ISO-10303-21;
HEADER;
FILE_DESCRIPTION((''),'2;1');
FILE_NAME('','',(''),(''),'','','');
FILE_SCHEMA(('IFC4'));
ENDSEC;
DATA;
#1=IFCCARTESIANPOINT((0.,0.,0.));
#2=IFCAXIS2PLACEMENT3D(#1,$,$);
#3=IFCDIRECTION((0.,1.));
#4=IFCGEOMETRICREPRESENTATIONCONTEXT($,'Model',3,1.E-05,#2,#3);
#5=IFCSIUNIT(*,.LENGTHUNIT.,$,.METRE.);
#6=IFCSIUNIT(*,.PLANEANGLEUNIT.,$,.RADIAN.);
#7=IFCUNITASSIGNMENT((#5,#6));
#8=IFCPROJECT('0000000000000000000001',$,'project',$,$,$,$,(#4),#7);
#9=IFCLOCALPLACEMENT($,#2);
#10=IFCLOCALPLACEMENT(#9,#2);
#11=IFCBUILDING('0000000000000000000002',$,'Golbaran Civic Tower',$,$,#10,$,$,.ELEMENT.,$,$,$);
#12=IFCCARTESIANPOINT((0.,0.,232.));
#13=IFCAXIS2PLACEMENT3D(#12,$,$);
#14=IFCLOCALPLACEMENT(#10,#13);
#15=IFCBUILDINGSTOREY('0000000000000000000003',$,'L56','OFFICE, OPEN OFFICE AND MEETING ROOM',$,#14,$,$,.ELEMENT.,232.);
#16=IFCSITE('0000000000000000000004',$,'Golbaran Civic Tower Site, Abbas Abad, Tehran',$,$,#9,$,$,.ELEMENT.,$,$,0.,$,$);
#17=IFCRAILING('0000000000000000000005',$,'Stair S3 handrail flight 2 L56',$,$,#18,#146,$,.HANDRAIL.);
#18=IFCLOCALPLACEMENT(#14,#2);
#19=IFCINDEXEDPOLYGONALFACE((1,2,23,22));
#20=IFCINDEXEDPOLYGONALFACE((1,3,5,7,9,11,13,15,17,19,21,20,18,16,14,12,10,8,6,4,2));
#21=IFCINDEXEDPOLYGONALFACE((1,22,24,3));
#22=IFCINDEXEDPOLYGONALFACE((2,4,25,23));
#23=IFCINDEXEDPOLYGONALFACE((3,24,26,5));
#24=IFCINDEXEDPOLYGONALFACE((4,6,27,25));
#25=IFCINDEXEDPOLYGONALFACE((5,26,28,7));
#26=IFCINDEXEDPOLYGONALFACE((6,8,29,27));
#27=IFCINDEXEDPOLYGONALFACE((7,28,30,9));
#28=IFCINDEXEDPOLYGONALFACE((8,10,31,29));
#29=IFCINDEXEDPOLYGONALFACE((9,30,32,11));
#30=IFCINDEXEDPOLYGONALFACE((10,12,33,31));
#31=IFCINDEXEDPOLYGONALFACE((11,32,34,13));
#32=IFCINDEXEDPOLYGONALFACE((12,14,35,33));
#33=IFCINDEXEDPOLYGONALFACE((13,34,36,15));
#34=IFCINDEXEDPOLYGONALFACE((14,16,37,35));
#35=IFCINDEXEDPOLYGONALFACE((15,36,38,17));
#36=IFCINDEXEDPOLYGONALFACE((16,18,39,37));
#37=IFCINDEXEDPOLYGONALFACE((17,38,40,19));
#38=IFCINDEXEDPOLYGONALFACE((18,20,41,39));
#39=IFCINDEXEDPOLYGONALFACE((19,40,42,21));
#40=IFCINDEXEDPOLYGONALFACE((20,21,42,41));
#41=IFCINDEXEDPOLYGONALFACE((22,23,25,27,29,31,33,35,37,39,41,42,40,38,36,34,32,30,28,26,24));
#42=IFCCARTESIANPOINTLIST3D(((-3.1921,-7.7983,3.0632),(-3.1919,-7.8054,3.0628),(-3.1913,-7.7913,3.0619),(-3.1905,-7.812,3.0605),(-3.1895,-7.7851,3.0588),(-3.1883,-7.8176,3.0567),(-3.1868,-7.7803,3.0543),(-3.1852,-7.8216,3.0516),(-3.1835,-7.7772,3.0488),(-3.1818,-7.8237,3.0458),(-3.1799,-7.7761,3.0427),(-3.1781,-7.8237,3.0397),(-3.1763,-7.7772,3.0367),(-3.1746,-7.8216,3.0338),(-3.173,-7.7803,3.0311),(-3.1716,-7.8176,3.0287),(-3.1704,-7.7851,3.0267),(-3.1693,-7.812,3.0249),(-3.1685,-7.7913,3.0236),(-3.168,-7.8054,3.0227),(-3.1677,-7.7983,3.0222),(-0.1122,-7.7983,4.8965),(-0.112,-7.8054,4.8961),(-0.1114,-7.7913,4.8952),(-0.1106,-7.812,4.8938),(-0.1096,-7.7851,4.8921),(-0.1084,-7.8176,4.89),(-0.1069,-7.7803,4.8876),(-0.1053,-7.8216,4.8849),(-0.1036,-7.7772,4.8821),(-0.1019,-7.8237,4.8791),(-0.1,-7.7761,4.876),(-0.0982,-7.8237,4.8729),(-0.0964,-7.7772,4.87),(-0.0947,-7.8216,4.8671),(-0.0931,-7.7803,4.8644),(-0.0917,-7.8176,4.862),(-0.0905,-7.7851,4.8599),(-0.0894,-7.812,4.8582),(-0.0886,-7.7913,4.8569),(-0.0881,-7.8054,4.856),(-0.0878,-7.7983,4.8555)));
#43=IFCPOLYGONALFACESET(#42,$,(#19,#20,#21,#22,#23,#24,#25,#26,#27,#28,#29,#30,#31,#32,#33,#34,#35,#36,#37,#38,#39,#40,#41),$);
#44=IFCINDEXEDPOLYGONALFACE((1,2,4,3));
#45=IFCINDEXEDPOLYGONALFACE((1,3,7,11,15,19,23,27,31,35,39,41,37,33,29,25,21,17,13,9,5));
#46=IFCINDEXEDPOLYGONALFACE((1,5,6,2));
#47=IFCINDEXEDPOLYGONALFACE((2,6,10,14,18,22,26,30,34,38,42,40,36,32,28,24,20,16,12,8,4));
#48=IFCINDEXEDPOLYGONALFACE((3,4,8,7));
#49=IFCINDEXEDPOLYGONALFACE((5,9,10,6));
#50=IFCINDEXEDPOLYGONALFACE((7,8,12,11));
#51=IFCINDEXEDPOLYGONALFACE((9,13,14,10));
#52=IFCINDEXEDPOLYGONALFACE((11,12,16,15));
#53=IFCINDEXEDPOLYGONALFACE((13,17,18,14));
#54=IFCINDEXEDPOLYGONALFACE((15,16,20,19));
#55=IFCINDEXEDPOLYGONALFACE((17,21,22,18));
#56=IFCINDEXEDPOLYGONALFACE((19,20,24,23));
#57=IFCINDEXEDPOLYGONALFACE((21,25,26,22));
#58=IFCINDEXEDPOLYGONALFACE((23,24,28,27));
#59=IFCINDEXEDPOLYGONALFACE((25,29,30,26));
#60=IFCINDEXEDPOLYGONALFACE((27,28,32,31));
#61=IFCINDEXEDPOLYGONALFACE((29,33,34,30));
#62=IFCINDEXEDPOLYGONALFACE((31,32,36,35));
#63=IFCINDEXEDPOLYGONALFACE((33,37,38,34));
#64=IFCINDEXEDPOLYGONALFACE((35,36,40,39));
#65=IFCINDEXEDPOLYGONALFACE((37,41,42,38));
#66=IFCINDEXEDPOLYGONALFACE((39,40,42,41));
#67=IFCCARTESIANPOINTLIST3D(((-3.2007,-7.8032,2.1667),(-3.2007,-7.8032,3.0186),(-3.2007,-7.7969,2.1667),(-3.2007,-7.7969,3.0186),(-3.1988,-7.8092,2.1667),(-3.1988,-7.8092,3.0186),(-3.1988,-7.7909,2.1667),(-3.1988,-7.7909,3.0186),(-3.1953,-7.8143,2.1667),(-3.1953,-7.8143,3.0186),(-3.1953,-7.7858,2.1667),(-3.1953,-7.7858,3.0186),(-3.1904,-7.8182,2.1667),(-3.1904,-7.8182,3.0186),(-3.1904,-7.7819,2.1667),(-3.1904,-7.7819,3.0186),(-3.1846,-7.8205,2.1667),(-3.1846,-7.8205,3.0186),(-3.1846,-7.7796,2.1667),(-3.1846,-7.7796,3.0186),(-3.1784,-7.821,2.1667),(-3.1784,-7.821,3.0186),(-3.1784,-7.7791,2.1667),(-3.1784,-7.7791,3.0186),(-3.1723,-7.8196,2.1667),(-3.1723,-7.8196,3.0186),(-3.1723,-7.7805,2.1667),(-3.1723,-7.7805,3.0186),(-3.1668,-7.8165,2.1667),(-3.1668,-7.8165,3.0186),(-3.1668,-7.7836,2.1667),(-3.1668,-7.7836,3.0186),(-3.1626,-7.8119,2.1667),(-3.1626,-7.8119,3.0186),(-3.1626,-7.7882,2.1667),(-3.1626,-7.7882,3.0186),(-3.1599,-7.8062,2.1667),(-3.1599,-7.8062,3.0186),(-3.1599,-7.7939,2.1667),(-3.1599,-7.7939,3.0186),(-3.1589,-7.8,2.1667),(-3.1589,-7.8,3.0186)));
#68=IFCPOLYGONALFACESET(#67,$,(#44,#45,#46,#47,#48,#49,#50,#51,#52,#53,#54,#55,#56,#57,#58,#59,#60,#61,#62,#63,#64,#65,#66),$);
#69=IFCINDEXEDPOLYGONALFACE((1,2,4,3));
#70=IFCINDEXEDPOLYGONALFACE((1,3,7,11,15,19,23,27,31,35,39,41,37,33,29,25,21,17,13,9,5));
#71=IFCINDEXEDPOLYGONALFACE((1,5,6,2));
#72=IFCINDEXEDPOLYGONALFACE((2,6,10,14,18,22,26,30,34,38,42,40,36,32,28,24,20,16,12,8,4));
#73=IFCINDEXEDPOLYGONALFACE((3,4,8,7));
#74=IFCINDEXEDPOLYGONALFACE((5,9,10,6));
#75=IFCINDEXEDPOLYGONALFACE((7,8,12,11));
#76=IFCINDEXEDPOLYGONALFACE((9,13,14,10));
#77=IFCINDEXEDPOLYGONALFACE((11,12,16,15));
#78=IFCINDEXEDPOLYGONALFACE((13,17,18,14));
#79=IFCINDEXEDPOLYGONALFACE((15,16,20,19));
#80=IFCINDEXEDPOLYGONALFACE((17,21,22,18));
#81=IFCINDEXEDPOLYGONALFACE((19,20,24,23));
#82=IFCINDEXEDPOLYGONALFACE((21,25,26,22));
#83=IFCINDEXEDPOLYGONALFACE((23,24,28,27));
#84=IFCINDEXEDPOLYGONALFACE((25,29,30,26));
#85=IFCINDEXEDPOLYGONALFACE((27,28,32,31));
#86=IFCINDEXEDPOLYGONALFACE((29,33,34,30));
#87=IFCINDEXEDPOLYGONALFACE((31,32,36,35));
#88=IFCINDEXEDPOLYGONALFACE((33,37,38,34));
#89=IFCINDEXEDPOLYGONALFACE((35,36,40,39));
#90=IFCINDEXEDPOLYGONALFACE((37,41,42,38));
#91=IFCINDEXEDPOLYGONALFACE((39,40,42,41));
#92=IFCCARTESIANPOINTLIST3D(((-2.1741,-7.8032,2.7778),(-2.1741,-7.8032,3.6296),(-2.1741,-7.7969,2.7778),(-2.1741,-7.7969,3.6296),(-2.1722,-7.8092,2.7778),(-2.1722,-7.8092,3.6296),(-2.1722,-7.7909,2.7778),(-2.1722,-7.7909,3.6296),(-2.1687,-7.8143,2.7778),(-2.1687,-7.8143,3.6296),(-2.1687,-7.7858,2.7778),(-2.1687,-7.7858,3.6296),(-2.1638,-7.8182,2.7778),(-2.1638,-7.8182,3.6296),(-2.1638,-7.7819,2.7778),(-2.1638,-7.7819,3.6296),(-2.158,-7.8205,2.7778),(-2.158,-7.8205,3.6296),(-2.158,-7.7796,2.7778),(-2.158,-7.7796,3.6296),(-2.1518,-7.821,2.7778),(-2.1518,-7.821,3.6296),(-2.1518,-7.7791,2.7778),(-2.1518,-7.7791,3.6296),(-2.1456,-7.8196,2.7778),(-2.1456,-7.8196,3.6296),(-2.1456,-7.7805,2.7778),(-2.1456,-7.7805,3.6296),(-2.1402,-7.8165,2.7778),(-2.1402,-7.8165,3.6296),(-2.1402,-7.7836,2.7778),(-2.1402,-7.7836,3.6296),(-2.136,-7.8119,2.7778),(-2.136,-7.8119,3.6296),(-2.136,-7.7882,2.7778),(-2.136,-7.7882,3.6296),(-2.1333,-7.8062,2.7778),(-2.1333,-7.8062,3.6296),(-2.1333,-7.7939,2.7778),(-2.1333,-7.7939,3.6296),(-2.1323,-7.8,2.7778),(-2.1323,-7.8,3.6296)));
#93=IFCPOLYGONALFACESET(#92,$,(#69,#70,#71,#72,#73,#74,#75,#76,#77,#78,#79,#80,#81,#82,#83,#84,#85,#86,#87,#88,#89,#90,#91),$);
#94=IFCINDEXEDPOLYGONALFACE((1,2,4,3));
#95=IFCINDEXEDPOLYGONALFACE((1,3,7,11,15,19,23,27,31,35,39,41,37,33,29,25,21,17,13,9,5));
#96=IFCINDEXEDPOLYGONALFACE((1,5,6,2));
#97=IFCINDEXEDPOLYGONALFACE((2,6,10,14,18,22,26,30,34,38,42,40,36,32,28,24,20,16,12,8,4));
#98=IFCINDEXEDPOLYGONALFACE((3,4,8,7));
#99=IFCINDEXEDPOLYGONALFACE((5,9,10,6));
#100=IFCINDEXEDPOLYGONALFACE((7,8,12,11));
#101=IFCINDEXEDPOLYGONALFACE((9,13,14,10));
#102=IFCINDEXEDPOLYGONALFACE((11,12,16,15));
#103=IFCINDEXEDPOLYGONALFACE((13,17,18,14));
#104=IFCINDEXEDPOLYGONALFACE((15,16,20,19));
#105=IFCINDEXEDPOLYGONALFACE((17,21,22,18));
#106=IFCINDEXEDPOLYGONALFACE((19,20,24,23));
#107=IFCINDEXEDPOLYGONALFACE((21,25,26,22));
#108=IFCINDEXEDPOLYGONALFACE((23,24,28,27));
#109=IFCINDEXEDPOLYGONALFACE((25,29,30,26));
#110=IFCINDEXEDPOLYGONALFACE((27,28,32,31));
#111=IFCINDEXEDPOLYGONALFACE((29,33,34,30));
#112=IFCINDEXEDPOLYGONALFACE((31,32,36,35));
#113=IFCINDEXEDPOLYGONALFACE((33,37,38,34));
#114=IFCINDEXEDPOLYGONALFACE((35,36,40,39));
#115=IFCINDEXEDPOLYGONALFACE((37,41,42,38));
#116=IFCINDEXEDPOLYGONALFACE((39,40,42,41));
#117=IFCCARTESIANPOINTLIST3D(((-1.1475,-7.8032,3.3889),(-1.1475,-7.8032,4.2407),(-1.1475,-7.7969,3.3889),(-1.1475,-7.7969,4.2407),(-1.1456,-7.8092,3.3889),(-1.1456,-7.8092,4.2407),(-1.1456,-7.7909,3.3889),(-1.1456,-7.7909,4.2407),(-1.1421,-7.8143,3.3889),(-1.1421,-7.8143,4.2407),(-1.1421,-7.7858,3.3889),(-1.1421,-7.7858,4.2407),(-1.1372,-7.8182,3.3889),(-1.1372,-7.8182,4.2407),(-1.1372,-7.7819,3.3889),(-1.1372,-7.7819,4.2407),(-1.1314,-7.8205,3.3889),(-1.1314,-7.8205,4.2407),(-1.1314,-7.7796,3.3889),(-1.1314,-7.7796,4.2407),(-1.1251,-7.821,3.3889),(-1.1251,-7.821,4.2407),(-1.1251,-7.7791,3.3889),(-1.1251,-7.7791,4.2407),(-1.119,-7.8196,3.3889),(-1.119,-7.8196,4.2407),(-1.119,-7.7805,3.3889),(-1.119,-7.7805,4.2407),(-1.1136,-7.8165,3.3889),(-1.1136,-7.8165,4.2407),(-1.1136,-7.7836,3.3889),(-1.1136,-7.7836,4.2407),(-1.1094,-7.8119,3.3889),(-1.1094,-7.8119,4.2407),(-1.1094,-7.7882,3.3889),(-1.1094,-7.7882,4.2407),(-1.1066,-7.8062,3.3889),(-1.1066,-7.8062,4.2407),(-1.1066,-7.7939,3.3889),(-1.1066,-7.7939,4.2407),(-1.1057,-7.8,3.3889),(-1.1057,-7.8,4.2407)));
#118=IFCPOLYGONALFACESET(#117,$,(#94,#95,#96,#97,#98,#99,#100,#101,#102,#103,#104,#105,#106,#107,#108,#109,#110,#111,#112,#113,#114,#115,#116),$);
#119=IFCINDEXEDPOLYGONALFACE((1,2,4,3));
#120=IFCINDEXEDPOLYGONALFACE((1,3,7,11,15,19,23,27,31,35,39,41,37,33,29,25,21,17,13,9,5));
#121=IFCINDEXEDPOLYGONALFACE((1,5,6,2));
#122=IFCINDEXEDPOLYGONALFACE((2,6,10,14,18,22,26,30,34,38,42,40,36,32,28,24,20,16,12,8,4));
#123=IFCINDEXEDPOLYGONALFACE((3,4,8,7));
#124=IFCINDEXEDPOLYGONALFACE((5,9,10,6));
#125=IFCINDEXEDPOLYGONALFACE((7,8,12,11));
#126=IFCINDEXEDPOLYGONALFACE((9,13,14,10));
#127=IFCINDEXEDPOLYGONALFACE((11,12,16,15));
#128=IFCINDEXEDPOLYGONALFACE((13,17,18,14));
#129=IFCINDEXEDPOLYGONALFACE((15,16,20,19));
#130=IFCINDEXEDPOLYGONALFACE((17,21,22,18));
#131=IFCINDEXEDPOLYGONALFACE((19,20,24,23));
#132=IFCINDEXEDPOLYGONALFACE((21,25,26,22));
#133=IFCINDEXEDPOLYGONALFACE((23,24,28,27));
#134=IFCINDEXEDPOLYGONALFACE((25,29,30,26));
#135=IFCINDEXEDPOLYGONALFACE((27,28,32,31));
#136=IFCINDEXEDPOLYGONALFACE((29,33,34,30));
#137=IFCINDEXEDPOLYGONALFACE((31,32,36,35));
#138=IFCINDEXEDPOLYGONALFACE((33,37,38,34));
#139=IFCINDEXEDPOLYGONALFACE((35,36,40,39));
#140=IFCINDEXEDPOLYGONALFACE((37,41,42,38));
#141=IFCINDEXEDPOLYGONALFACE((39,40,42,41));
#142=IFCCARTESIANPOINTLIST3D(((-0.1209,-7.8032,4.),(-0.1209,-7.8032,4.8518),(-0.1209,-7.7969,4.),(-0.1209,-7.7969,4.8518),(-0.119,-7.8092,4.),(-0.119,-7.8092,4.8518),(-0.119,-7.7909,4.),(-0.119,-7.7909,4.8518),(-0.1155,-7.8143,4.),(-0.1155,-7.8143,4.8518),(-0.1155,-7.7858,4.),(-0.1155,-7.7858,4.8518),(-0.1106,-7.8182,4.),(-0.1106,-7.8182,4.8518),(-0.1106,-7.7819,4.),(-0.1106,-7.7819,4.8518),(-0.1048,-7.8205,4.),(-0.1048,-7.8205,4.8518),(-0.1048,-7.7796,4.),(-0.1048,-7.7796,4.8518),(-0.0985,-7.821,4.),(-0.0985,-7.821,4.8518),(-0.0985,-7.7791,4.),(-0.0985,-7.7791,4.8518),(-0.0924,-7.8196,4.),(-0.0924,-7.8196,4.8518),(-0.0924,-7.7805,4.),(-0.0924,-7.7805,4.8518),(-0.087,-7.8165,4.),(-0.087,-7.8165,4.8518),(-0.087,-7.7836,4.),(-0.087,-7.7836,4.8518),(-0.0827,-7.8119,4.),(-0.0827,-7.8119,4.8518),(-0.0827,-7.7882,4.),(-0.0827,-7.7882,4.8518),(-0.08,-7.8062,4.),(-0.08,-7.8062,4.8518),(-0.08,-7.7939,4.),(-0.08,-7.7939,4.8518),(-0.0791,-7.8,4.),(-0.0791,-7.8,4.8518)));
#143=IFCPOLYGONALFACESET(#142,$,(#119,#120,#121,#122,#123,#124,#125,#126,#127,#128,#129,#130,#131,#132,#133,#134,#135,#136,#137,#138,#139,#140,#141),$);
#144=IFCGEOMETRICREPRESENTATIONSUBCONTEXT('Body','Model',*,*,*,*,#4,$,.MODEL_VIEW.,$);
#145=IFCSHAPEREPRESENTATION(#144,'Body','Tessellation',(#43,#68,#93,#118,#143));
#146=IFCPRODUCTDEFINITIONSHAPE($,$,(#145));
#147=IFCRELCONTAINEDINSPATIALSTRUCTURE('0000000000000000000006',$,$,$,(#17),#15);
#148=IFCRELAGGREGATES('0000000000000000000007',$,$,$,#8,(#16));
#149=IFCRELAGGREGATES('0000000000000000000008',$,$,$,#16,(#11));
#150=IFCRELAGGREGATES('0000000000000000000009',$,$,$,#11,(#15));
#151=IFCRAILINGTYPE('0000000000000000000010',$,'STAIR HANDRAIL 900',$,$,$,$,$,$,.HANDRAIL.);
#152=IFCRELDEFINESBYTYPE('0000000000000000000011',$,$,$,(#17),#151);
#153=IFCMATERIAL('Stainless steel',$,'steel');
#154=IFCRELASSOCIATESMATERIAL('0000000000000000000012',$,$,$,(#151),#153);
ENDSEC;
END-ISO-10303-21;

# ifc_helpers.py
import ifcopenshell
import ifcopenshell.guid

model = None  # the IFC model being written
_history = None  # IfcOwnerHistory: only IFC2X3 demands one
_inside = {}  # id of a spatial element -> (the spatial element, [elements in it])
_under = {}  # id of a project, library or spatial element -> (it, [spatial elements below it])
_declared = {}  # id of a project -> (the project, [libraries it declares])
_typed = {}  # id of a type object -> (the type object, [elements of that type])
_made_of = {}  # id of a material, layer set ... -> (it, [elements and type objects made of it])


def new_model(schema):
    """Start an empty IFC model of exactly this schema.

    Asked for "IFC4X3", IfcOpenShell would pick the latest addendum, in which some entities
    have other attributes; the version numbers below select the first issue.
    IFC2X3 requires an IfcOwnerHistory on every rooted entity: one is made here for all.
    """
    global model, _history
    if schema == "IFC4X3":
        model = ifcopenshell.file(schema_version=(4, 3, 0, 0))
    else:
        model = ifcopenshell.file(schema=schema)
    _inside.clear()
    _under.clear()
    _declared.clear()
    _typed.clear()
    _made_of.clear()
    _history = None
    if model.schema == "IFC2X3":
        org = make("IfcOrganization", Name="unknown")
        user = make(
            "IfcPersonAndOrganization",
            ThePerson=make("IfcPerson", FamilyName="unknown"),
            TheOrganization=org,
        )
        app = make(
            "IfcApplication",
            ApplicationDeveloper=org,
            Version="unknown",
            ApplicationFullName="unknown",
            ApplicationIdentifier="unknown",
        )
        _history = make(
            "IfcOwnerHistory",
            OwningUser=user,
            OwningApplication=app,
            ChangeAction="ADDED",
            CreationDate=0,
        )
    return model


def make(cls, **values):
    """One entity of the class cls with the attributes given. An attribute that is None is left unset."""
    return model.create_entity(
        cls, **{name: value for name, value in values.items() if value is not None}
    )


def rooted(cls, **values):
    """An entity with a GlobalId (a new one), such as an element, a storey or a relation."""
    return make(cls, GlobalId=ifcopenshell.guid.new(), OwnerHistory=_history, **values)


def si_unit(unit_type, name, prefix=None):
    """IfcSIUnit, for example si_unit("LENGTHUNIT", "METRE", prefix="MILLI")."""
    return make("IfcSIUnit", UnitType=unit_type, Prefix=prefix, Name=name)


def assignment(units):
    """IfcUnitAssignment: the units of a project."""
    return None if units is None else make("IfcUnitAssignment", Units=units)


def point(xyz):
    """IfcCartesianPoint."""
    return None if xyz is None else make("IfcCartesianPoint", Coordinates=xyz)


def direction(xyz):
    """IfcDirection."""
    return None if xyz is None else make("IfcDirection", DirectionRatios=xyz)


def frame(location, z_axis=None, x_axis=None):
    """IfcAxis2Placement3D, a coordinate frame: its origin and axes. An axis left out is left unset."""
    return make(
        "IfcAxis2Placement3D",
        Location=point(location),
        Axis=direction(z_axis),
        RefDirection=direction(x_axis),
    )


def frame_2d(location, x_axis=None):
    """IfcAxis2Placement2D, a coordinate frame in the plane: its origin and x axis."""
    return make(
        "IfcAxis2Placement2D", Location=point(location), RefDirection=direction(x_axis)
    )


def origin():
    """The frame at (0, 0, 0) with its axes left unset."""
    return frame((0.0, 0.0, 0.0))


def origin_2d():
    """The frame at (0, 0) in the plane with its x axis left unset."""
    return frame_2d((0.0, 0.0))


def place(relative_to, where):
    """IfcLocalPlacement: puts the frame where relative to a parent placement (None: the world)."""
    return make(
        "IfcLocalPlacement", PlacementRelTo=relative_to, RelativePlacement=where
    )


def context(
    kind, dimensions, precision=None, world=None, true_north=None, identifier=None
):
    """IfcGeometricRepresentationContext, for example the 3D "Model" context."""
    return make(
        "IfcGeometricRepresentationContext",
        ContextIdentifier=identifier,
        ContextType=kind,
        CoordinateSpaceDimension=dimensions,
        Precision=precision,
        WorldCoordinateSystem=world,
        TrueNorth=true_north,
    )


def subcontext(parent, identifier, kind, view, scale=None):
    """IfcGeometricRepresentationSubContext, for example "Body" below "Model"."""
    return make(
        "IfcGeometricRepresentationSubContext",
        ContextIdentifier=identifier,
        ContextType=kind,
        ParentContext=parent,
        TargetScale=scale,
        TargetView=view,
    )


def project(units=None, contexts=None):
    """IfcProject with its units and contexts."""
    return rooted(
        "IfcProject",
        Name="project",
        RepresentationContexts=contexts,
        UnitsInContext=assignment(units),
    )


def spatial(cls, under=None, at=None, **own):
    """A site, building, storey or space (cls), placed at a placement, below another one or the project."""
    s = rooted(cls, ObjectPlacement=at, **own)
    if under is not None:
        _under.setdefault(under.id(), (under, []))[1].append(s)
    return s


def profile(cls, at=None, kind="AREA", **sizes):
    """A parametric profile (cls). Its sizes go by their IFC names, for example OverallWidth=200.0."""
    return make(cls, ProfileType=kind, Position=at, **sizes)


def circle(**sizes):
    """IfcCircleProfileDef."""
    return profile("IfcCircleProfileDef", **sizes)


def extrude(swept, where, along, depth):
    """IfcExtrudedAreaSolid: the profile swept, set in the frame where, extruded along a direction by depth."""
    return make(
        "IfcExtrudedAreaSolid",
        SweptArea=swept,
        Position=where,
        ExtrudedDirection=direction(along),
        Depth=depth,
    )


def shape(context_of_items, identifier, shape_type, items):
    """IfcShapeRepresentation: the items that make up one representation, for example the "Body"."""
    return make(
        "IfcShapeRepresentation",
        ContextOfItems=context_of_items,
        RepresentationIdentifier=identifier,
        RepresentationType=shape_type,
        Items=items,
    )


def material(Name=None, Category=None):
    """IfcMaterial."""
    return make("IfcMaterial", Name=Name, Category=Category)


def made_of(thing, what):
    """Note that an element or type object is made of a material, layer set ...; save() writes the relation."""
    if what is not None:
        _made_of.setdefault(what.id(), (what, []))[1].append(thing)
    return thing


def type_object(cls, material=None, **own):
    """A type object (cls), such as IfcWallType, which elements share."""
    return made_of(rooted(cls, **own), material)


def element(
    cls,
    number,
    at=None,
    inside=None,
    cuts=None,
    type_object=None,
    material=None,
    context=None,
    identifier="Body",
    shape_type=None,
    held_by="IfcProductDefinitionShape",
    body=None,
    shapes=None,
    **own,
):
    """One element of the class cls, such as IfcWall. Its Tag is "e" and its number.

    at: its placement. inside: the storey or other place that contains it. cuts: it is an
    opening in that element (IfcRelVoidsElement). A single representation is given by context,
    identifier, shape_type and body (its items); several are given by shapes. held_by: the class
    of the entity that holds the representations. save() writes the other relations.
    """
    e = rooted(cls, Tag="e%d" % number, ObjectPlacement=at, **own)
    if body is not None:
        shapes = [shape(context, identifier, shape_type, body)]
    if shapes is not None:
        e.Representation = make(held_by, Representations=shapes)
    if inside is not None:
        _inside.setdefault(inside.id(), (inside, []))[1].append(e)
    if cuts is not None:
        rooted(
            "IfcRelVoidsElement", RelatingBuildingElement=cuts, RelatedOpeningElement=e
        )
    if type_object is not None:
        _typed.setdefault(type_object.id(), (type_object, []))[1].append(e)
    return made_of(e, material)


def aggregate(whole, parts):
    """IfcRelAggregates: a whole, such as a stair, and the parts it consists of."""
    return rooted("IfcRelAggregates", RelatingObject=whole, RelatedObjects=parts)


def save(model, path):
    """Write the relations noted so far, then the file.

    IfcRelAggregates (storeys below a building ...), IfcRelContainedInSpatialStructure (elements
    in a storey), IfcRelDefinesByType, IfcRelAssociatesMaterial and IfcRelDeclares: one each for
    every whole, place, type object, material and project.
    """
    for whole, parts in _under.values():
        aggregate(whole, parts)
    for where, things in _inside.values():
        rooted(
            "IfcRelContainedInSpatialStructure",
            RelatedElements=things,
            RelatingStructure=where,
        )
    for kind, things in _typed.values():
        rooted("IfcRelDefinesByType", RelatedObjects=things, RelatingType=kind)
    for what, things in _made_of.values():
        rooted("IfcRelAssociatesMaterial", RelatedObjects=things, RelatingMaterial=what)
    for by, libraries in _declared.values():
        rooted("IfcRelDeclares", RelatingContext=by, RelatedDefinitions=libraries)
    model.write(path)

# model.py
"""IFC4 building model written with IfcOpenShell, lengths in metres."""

from ifc_helpers import new_model, si_unit, direction, frame, origin, origin_2d, place, context, subcontext, project, spatial, circle, extrude, material, type_object, element, save


model = new_model("IFC4")

# Units and contexts
model_context = context("Model", 3, precision=1e-05, world=origin(), true_north=direction((0.0, 1.0)))
body_context = subcontext(model_context, "Body", "Model", "MODEL_VIEW")
ifc_project = project(units=[si_unit("LENGTHUNIT", "METRE"), si_unit("PLANEANGLEUNIT", "RADIAN")], contexts=[model_context])

# Site, building, storey
site_placement = place(None, origin())
site = spatial("IfcSite", under=ifc_project, at=site_placement, Name="Golbaran Civic Tower Site, Abbas Abad, Tehran", CompositionType="ELEMENT", RefElevation=0.0)
building_placement = place(site_placement, origin())
building = spatial("IfcBuilding", under=site, at=building_placement, Name="Golbaran Civic Tower", CompositionType="ELEMENT")
storey_placement = place(building_placement, frame((0.0, 0.0, 232.0)))
storey = spatial("IfcBuildingStorey", under=building, at=storey_placement, Name="L56", Description="OFFICE, OPEN OFFICE AND MEETING ROOM", CompositionType="ELEMENT", Elevation=232.0)

# Shared definitions
ifc_material_1 = material(Name="Stainless steel", Category="steel")

# Railing
railing_type = type_object("IfcRailingType", Name="STAIR HANDRAIL 900", PredefinedType="HANDRAIL", material=ifc_material_1)
railing_1_placement = place(storey_placement, frame((-3.1799, -7.8, 2.1667)))
element("IfcRailing", 1, at=railing_1_placement, inside=storey, type_object=railing_type, Name="Stair S3 handrail flight 2 L56", PredefinedType="HANDRAIL", context=body_context, shape_type="SweptSolid", body=[
    extrude(circle(Radius=0.0239, at=origin_2d()), frame((0.0, 0.0, 0.876), z_axis=(0.859291, 0.0, 0.511487), x_axis=(0.0, 1.0, 0.0)), (0.0, 0.0, 1.0), 3.5842),
    extrude(circle(Radius=0.021, at=origin_2d()), origin(), (0.0, 0.0, 1.0), 0.8518),
    extrude(circle(Radius=0.021, at=origin_2d()), frame((1.0266, 0.0, 0.6111)), (0.0, 0.0, 1.0), 0.8518),
    extrude(circle(Radius=0.021, at=origin_2d()), frame((2.0532, 0.0, 1.2222)), (0.0, 0.0, 1.0), 0.8518),
    extrude(circle(Radius=0.021, at=origin_2d()), frame((3.0798, 0.0, 1.8333)), (0.0, 0.0, 1.0), 0.8518),
])

save(model, "model.ifc")
